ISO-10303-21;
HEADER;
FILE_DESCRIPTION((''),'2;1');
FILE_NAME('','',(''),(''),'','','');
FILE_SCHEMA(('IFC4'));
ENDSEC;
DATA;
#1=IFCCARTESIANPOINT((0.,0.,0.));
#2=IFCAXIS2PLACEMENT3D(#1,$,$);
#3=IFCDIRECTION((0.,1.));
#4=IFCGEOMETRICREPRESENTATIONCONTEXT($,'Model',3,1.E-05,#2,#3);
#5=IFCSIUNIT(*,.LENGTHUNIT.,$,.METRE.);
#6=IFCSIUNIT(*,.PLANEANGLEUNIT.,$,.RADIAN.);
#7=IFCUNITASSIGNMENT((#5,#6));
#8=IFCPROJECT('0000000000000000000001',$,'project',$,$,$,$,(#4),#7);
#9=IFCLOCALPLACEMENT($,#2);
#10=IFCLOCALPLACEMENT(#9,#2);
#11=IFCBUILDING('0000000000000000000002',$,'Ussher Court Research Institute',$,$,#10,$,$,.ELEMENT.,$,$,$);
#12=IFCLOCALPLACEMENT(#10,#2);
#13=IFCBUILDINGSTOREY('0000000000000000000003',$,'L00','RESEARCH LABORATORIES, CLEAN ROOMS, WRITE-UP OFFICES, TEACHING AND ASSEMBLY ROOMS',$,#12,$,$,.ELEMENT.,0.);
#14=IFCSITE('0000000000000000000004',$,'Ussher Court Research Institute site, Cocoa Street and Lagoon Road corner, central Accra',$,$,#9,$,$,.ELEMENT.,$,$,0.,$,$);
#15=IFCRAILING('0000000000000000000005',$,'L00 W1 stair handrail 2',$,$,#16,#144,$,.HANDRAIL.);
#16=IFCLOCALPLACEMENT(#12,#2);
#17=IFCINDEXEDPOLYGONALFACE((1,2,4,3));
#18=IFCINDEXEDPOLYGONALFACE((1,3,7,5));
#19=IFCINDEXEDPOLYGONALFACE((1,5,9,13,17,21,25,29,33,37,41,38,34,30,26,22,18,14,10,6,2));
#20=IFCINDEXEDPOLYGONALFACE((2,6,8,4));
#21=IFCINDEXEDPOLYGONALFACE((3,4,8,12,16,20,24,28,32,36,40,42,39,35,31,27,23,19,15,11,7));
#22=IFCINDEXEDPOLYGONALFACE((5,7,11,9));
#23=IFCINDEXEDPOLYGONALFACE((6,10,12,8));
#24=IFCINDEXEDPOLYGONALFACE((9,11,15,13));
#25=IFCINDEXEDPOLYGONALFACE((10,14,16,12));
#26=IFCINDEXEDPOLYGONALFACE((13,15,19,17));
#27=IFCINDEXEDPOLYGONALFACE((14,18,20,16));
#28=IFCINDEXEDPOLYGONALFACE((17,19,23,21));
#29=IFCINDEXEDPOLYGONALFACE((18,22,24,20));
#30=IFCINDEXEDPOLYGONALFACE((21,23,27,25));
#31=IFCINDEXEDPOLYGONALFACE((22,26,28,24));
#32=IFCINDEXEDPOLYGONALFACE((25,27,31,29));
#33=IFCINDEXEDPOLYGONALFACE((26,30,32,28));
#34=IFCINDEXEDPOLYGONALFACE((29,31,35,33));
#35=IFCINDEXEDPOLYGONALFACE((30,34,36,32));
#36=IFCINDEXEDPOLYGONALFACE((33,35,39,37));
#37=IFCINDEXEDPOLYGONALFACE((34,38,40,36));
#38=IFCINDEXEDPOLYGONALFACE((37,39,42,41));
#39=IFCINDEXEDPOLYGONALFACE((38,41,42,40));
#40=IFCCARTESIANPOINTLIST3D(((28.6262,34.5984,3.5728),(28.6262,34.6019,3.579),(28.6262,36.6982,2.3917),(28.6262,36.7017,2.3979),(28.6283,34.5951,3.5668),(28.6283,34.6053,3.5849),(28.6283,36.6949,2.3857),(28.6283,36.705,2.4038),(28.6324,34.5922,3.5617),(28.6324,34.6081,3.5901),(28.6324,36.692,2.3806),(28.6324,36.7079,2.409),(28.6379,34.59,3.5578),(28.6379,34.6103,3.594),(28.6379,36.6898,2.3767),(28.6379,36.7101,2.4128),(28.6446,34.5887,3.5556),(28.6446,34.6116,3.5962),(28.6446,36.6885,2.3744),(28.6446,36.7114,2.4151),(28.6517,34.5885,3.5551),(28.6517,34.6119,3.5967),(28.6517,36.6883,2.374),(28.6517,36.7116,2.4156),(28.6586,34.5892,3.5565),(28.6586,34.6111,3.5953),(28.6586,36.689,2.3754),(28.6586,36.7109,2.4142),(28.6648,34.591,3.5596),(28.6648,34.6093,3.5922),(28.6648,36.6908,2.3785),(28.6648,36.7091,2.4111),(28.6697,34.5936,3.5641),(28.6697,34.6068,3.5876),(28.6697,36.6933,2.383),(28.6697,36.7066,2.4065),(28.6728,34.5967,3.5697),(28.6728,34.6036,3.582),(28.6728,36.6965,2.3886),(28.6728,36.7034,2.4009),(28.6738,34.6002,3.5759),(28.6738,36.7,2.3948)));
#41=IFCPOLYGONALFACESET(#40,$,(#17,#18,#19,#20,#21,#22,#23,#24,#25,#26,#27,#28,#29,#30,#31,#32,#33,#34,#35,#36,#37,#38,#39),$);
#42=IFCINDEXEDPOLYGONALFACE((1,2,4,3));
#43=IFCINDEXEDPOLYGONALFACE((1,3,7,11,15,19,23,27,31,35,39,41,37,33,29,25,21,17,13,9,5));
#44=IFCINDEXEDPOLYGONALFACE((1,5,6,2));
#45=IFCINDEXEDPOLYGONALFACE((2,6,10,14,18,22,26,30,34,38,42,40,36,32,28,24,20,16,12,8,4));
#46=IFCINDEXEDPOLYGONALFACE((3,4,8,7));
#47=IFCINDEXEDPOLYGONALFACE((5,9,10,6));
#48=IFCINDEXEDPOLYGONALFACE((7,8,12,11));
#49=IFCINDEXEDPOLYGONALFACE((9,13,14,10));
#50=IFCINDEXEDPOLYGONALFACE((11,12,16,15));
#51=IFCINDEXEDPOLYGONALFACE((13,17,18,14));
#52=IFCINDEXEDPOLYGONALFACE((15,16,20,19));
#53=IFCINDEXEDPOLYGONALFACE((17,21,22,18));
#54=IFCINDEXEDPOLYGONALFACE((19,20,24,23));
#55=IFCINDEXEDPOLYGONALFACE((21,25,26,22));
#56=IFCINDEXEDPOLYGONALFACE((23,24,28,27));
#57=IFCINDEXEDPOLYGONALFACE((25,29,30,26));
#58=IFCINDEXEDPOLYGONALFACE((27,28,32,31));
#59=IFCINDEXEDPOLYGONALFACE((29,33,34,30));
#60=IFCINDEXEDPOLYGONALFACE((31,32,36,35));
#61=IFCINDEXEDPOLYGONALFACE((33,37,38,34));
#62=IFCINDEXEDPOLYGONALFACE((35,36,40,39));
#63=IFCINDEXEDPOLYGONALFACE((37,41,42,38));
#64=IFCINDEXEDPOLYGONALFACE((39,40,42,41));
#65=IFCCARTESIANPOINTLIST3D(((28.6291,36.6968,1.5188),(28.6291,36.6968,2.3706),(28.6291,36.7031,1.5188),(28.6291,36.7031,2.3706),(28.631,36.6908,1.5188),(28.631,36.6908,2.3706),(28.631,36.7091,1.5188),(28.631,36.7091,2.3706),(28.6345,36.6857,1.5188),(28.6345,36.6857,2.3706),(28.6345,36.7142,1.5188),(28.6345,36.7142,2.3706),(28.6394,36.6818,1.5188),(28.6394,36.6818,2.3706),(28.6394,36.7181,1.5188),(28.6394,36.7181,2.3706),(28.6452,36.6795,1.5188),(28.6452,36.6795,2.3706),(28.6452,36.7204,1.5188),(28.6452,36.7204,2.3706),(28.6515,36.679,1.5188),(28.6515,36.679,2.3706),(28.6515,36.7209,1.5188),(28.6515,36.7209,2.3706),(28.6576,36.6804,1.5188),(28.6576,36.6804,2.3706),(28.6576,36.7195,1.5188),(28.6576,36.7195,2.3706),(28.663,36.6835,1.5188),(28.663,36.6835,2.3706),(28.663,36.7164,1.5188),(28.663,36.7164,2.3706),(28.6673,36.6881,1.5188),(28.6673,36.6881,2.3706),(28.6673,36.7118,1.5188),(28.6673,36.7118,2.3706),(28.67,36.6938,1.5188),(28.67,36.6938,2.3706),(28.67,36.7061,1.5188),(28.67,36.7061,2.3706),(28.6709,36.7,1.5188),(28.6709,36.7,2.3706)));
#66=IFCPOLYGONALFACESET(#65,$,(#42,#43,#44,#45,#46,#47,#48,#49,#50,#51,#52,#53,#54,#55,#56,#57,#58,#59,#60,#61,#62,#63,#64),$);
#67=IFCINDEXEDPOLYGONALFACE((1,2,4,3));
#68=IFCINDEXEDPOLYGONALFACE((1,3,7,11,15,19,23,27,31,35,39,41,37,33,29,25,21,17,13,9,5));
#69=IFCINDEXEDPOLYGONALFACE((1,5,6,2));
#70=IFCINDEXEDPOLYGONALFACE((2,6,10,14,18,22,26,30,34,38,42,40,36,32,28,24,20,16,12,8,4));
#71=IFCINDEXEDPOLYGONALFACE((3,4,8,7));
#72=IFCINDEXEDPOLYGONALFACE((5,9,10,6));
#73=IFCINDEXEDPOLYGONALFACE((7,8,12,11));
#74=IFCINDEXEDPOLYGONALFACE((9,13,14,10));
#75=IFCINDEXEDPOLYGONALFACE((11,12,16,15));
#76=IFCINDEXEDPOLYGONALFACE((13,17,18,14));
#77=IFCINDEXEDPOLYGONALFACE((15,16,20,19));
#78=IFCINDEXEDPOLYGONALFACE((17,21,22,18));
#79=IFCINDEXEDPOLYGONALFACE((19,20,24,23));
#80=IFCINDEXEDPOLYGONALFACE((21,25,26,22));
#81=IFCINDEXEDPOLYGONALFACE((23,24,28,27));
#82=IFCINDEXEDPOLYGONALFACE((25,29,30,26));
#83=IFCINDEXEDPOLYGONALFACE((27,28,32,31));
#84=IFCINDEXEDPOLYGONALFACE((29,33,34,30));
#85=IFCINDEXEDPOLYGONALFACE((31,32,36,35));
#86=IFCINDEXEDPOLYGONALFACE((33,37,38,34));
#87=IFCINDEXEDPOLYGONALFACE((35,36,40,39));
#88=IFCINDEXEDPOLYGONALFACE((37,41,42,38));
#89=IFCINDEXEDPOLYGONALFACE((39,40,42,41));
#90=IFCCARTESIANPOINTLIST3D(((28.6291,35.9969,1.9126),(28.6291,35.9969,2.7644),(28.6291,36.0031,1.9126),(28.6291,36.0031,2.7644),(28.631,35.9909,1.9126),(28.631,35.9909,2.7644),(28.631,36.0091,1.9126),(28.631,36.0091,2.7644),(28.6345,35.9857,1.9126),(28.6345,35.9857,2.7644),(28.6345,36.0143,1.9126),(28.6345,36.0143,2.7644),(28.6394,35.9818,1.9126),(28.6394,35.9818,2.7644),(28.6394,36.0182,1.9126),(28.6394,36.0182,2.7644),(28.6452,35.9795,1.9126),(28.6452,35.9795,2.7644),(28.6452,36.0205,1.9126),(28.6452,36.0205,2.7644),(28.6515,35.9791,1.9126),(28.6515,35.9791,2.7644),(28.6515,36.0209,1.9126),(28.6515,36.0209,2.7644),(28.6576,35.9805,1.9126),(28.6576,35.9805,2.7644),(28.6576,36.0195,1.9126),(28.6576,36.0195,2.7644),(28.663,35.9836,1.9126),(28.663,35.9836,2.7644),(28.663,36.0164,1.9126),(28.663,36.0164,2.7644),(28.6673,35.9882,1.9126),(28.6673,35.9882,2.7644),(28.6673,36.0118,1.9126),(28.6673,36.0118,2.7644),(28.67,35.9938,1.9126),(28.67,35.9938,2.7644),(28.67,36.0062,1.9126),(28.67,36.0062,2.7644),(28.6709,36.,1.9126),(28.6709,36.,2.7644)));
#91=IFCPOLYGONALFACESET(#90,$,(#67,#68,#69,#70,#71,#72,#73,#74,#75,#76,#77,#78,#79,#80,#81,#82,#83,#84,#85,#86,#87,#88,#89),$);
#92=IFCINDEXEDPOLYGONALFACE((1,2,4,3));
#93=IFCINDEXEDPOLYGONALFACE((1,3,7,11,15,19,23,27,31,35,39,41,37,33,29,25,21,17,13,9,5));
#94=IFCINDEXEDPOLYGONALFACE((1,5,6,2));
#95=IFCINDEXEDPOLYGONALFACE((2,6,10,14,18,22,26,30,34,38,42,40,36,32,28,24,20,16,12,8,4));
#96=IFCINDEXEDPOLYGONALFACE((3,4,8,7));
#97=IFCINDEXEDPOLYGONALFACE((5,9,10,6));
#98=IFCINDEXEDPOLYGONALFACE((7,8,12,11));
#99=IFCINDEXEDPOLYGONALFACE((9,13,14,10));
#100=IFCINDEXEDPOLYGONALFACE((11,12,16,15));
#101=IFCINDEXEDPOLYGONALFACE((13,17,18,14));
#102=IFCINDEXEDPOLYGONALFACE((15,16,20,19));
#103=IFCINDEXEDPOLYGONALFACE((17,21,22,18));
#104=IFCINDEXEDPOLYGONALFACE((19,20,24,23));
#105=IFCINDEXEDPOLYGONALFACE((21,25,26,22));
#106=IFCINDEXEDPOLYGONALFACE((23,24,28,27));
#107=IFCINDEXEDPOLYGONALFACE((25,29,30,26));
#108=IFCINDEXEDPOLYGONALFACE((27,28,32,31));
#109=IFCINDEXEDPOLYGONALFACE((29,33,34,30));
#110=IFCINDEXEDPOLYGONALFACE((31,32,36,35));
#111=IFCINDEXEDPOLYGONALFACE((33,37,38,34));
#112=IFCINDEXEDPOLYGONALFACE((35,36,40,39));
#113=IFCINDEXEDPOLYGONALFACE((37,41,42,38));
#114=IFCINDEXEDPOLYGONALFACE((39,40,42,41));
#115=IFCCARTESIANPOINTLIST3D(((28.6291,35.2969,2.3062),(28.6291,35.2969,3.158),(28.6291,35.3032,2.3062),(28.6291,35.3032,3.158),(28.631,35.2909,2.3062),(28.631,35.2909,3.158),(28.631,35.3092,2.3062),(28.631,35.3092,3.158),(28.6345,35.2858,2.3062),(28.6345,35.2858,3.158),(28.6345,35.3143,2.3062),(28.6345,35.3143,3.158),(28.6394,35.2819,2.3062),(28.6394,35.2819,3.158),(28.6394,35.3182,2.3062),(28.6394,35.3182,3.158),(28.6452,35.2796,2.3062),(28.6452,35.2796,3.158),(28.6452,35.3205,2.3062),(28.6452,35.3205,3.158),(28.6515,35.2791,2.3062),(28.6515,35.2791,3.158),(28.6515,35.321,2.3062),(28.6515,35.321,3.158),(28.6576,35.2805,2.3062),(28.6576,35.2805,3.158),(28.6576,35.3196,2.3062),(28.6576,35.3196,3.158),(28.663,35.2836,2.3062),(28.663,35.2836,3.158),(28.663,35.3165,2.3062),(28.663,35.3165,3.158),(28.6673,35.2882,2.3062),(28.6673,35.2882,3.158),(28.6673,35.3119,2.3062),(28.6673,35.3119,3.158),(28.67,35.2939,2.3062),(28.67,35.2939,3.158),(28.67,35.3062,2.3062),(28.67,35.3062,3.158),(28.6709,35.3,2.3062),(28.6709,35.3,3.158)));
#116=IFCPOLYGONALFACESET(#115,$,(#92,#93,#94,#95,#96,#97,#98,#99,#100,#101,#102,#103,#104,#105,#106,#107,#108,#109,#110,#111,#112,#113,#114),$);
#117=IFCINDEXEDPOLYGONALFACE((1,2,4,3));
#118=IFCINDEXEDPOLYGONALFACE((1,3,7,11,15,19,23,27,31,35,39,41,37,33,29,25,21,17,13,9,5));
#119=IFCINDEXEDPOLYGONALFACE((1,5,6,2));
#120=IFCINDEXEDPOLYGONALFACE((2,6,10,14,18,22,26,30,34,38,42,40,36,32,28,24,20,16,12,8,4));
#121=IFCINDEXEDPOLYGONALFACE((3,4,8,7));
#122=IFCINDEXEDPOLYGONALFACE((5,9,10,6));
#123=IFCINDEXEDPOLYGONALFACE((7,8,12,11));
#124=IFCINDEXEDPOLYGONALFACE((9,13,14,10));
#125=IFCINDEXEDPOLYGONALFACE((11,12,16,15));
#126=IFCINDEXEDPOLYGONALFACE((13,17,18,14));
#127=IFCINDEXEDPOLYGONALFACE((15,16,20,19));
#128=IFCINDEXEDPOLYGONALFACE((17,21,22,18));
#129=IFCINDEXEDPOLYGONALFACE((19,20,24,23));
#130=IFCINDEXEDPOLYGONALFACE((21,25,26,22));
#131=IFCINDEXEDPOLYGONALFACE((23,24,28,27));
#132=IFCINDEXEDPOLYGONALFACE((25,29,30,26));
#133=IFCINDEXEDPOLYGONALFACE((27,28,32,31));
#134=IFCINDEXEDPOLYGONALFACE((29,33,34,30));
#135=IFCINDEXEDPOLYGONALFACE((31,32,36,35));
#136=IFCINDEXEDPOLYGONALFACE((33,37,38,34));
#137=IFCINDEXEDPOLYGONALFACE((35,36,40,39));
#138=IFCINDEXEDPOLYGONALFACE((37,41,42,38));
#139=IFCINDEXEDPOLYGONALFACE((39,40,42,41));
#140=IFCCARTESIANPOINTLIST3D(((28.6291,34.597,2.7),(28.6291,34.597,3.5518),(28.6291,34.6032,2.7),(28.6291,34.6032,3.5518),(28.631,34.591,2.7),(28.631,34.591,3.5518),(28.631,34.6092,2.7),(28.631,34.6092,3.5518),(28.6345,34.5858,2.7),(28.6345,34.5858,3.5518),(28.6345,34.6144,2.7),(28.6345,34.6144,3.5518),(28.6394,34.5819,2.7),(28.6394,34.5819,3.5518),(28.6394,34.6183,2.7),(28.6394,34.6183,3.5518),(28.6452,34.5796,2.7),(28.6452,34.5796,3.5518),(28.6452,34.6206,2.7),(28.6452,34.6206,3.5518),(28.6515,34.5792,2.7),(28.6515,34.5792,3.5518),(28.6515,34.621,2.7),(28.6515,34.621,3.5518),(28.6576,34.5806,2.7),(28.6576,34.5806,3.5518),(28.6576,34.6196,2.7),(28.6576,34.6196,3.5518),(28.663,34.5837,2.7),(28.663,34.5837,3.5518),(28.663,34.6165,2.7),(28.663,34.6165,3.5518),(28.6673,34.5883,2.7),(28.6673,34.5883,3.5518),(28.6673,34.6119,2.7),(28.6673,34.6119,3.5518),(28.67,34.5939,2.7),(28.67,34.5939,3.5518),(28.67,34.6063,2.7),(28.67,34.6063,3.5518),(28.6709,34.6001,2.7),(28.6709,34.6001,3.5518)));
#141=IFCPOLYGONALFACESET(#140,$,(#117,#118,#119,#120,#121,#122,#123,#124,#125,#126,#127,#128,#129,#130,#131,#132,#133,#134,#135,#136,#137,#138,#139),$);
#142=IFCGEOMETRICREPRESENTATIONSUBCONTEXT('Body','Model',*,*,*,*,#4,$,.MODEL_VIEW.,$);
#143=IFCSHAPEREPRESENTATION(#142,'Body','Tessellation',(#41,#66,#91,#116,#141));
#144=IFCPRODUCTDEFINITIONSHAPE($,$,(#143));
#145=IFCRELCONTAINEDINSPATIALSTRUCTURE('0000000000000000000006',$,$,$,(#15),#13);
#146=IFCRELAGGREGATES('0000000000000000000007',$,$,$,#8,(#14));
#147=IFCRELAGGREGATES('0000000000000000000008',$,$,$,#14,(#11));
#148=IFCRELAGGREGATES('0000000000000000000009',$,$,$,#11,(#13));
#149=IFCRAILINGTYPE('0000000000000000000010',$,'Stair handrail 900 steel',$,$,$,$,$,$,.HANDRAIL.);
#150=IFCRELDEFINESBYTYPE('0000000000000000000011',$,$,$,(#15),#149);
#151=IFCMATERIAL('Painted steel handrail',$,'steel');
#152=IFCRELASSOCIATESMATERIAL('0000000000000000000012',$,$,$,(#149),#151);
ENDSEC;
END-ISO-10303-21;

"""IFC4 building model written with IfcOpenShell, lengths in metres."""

from ifc_helpers import new_model, si_unit, direction, frame, origin, origin_2d, place, context, subcontext, project, spatial, circle, extrude, material, type_object, element, save


model = new_model("IFC4")

# Units and contexts
model_context = context("Model", 3, precision=1e-05, world=origin(), true_north=direction((0.0, 1.0)))
body_context = subcontext(model_context, "Body", "Model", "MODEL_VIEW")
ifc_project = project(units=[si_unit("LENGTHUNIT", "METRE"), si_unit("PLANEANGLEUNIT", "RADIAN")], contexts=[model_context])

# Site, building, storey
site_placement = place(None, origin())
site = spatial("IfcSite", under=ifc_project, at=site_placement, Name="Ussher Court Research Institute site, Cocoa Street and Lagoon Road corner, central Accra", CompositionType="ELEMENT", RefElevation=0.0)
building_placement = place(site_placement, origin())
building = spatial("IfcBuilding", under=site, at=building_placement, Name="Ussher Court Research Institute", CompositionType="ELEMENT")
storey_placement = place(building_placement, origin())
storey = spatial("IfcBuildingStorey", under=building, at=storey_placement, Name="L00", Description="RESEARCH LABORATORIES, CLEAN ROOMS, WRITE-UP OFFICES, TEACHING AND ASSEMBLY ROOMS", CompositionType="ELEMENT", Elevation=0.0)

# Railing
ifc_material_1 = material(Name="Painted steel handrail", Category="steel")
railing_type_1 = type_object("IfcRailingType", Name="Stair handrail 900 steel", PredefinedType="HANDRAIL", material=ifc_material_1)
for number, where, name in (
    (1, (28.6499, 36.7, 1.5188), "L00 W1 stair handrail 2"),
):
    element("IfcRailing", number, at=place(storey_placement, frame(where)), inside=storey, type_object=railing_type_1, Name=name, PredefinedType="HANDRAIL", context=body_context, shape_type="SweptSolid", body=[
        extrude(circle(Radius=0.0239, at=origin_2d()), frame((0.0, 0.0, 0.876), z_axis=(0.0, -0.871578, 0.490256), x_axis=(1.0, 0.0, 0.0)), (0.0, 0.0, 1.0), 2.4092),
        extrude(circle(Radius=0.021, at=origin_2d()), origin(), (0.0, 0.0, 1.0), 0.8518),
        extrude(circle(Radius=0.021, at=origin_2d()), frame((0.0, -0.7, 0.3938)), (0.0, 0.0, 1.0), 0.8518),
        extrude(circle(Radius=0.021, at=origin_2d()), frame((0.0, -1.3999, 0.7874)), (0.0, 0.0, 1.0), 0.8518),
        extrude(circle(Radius=0.021, at=origin_2d()), frame((0.0, -2.0999, 1.1812)), (0.0, 0.0, 1.0), 0.8518),
    ])

save(model, "model.ifc")
